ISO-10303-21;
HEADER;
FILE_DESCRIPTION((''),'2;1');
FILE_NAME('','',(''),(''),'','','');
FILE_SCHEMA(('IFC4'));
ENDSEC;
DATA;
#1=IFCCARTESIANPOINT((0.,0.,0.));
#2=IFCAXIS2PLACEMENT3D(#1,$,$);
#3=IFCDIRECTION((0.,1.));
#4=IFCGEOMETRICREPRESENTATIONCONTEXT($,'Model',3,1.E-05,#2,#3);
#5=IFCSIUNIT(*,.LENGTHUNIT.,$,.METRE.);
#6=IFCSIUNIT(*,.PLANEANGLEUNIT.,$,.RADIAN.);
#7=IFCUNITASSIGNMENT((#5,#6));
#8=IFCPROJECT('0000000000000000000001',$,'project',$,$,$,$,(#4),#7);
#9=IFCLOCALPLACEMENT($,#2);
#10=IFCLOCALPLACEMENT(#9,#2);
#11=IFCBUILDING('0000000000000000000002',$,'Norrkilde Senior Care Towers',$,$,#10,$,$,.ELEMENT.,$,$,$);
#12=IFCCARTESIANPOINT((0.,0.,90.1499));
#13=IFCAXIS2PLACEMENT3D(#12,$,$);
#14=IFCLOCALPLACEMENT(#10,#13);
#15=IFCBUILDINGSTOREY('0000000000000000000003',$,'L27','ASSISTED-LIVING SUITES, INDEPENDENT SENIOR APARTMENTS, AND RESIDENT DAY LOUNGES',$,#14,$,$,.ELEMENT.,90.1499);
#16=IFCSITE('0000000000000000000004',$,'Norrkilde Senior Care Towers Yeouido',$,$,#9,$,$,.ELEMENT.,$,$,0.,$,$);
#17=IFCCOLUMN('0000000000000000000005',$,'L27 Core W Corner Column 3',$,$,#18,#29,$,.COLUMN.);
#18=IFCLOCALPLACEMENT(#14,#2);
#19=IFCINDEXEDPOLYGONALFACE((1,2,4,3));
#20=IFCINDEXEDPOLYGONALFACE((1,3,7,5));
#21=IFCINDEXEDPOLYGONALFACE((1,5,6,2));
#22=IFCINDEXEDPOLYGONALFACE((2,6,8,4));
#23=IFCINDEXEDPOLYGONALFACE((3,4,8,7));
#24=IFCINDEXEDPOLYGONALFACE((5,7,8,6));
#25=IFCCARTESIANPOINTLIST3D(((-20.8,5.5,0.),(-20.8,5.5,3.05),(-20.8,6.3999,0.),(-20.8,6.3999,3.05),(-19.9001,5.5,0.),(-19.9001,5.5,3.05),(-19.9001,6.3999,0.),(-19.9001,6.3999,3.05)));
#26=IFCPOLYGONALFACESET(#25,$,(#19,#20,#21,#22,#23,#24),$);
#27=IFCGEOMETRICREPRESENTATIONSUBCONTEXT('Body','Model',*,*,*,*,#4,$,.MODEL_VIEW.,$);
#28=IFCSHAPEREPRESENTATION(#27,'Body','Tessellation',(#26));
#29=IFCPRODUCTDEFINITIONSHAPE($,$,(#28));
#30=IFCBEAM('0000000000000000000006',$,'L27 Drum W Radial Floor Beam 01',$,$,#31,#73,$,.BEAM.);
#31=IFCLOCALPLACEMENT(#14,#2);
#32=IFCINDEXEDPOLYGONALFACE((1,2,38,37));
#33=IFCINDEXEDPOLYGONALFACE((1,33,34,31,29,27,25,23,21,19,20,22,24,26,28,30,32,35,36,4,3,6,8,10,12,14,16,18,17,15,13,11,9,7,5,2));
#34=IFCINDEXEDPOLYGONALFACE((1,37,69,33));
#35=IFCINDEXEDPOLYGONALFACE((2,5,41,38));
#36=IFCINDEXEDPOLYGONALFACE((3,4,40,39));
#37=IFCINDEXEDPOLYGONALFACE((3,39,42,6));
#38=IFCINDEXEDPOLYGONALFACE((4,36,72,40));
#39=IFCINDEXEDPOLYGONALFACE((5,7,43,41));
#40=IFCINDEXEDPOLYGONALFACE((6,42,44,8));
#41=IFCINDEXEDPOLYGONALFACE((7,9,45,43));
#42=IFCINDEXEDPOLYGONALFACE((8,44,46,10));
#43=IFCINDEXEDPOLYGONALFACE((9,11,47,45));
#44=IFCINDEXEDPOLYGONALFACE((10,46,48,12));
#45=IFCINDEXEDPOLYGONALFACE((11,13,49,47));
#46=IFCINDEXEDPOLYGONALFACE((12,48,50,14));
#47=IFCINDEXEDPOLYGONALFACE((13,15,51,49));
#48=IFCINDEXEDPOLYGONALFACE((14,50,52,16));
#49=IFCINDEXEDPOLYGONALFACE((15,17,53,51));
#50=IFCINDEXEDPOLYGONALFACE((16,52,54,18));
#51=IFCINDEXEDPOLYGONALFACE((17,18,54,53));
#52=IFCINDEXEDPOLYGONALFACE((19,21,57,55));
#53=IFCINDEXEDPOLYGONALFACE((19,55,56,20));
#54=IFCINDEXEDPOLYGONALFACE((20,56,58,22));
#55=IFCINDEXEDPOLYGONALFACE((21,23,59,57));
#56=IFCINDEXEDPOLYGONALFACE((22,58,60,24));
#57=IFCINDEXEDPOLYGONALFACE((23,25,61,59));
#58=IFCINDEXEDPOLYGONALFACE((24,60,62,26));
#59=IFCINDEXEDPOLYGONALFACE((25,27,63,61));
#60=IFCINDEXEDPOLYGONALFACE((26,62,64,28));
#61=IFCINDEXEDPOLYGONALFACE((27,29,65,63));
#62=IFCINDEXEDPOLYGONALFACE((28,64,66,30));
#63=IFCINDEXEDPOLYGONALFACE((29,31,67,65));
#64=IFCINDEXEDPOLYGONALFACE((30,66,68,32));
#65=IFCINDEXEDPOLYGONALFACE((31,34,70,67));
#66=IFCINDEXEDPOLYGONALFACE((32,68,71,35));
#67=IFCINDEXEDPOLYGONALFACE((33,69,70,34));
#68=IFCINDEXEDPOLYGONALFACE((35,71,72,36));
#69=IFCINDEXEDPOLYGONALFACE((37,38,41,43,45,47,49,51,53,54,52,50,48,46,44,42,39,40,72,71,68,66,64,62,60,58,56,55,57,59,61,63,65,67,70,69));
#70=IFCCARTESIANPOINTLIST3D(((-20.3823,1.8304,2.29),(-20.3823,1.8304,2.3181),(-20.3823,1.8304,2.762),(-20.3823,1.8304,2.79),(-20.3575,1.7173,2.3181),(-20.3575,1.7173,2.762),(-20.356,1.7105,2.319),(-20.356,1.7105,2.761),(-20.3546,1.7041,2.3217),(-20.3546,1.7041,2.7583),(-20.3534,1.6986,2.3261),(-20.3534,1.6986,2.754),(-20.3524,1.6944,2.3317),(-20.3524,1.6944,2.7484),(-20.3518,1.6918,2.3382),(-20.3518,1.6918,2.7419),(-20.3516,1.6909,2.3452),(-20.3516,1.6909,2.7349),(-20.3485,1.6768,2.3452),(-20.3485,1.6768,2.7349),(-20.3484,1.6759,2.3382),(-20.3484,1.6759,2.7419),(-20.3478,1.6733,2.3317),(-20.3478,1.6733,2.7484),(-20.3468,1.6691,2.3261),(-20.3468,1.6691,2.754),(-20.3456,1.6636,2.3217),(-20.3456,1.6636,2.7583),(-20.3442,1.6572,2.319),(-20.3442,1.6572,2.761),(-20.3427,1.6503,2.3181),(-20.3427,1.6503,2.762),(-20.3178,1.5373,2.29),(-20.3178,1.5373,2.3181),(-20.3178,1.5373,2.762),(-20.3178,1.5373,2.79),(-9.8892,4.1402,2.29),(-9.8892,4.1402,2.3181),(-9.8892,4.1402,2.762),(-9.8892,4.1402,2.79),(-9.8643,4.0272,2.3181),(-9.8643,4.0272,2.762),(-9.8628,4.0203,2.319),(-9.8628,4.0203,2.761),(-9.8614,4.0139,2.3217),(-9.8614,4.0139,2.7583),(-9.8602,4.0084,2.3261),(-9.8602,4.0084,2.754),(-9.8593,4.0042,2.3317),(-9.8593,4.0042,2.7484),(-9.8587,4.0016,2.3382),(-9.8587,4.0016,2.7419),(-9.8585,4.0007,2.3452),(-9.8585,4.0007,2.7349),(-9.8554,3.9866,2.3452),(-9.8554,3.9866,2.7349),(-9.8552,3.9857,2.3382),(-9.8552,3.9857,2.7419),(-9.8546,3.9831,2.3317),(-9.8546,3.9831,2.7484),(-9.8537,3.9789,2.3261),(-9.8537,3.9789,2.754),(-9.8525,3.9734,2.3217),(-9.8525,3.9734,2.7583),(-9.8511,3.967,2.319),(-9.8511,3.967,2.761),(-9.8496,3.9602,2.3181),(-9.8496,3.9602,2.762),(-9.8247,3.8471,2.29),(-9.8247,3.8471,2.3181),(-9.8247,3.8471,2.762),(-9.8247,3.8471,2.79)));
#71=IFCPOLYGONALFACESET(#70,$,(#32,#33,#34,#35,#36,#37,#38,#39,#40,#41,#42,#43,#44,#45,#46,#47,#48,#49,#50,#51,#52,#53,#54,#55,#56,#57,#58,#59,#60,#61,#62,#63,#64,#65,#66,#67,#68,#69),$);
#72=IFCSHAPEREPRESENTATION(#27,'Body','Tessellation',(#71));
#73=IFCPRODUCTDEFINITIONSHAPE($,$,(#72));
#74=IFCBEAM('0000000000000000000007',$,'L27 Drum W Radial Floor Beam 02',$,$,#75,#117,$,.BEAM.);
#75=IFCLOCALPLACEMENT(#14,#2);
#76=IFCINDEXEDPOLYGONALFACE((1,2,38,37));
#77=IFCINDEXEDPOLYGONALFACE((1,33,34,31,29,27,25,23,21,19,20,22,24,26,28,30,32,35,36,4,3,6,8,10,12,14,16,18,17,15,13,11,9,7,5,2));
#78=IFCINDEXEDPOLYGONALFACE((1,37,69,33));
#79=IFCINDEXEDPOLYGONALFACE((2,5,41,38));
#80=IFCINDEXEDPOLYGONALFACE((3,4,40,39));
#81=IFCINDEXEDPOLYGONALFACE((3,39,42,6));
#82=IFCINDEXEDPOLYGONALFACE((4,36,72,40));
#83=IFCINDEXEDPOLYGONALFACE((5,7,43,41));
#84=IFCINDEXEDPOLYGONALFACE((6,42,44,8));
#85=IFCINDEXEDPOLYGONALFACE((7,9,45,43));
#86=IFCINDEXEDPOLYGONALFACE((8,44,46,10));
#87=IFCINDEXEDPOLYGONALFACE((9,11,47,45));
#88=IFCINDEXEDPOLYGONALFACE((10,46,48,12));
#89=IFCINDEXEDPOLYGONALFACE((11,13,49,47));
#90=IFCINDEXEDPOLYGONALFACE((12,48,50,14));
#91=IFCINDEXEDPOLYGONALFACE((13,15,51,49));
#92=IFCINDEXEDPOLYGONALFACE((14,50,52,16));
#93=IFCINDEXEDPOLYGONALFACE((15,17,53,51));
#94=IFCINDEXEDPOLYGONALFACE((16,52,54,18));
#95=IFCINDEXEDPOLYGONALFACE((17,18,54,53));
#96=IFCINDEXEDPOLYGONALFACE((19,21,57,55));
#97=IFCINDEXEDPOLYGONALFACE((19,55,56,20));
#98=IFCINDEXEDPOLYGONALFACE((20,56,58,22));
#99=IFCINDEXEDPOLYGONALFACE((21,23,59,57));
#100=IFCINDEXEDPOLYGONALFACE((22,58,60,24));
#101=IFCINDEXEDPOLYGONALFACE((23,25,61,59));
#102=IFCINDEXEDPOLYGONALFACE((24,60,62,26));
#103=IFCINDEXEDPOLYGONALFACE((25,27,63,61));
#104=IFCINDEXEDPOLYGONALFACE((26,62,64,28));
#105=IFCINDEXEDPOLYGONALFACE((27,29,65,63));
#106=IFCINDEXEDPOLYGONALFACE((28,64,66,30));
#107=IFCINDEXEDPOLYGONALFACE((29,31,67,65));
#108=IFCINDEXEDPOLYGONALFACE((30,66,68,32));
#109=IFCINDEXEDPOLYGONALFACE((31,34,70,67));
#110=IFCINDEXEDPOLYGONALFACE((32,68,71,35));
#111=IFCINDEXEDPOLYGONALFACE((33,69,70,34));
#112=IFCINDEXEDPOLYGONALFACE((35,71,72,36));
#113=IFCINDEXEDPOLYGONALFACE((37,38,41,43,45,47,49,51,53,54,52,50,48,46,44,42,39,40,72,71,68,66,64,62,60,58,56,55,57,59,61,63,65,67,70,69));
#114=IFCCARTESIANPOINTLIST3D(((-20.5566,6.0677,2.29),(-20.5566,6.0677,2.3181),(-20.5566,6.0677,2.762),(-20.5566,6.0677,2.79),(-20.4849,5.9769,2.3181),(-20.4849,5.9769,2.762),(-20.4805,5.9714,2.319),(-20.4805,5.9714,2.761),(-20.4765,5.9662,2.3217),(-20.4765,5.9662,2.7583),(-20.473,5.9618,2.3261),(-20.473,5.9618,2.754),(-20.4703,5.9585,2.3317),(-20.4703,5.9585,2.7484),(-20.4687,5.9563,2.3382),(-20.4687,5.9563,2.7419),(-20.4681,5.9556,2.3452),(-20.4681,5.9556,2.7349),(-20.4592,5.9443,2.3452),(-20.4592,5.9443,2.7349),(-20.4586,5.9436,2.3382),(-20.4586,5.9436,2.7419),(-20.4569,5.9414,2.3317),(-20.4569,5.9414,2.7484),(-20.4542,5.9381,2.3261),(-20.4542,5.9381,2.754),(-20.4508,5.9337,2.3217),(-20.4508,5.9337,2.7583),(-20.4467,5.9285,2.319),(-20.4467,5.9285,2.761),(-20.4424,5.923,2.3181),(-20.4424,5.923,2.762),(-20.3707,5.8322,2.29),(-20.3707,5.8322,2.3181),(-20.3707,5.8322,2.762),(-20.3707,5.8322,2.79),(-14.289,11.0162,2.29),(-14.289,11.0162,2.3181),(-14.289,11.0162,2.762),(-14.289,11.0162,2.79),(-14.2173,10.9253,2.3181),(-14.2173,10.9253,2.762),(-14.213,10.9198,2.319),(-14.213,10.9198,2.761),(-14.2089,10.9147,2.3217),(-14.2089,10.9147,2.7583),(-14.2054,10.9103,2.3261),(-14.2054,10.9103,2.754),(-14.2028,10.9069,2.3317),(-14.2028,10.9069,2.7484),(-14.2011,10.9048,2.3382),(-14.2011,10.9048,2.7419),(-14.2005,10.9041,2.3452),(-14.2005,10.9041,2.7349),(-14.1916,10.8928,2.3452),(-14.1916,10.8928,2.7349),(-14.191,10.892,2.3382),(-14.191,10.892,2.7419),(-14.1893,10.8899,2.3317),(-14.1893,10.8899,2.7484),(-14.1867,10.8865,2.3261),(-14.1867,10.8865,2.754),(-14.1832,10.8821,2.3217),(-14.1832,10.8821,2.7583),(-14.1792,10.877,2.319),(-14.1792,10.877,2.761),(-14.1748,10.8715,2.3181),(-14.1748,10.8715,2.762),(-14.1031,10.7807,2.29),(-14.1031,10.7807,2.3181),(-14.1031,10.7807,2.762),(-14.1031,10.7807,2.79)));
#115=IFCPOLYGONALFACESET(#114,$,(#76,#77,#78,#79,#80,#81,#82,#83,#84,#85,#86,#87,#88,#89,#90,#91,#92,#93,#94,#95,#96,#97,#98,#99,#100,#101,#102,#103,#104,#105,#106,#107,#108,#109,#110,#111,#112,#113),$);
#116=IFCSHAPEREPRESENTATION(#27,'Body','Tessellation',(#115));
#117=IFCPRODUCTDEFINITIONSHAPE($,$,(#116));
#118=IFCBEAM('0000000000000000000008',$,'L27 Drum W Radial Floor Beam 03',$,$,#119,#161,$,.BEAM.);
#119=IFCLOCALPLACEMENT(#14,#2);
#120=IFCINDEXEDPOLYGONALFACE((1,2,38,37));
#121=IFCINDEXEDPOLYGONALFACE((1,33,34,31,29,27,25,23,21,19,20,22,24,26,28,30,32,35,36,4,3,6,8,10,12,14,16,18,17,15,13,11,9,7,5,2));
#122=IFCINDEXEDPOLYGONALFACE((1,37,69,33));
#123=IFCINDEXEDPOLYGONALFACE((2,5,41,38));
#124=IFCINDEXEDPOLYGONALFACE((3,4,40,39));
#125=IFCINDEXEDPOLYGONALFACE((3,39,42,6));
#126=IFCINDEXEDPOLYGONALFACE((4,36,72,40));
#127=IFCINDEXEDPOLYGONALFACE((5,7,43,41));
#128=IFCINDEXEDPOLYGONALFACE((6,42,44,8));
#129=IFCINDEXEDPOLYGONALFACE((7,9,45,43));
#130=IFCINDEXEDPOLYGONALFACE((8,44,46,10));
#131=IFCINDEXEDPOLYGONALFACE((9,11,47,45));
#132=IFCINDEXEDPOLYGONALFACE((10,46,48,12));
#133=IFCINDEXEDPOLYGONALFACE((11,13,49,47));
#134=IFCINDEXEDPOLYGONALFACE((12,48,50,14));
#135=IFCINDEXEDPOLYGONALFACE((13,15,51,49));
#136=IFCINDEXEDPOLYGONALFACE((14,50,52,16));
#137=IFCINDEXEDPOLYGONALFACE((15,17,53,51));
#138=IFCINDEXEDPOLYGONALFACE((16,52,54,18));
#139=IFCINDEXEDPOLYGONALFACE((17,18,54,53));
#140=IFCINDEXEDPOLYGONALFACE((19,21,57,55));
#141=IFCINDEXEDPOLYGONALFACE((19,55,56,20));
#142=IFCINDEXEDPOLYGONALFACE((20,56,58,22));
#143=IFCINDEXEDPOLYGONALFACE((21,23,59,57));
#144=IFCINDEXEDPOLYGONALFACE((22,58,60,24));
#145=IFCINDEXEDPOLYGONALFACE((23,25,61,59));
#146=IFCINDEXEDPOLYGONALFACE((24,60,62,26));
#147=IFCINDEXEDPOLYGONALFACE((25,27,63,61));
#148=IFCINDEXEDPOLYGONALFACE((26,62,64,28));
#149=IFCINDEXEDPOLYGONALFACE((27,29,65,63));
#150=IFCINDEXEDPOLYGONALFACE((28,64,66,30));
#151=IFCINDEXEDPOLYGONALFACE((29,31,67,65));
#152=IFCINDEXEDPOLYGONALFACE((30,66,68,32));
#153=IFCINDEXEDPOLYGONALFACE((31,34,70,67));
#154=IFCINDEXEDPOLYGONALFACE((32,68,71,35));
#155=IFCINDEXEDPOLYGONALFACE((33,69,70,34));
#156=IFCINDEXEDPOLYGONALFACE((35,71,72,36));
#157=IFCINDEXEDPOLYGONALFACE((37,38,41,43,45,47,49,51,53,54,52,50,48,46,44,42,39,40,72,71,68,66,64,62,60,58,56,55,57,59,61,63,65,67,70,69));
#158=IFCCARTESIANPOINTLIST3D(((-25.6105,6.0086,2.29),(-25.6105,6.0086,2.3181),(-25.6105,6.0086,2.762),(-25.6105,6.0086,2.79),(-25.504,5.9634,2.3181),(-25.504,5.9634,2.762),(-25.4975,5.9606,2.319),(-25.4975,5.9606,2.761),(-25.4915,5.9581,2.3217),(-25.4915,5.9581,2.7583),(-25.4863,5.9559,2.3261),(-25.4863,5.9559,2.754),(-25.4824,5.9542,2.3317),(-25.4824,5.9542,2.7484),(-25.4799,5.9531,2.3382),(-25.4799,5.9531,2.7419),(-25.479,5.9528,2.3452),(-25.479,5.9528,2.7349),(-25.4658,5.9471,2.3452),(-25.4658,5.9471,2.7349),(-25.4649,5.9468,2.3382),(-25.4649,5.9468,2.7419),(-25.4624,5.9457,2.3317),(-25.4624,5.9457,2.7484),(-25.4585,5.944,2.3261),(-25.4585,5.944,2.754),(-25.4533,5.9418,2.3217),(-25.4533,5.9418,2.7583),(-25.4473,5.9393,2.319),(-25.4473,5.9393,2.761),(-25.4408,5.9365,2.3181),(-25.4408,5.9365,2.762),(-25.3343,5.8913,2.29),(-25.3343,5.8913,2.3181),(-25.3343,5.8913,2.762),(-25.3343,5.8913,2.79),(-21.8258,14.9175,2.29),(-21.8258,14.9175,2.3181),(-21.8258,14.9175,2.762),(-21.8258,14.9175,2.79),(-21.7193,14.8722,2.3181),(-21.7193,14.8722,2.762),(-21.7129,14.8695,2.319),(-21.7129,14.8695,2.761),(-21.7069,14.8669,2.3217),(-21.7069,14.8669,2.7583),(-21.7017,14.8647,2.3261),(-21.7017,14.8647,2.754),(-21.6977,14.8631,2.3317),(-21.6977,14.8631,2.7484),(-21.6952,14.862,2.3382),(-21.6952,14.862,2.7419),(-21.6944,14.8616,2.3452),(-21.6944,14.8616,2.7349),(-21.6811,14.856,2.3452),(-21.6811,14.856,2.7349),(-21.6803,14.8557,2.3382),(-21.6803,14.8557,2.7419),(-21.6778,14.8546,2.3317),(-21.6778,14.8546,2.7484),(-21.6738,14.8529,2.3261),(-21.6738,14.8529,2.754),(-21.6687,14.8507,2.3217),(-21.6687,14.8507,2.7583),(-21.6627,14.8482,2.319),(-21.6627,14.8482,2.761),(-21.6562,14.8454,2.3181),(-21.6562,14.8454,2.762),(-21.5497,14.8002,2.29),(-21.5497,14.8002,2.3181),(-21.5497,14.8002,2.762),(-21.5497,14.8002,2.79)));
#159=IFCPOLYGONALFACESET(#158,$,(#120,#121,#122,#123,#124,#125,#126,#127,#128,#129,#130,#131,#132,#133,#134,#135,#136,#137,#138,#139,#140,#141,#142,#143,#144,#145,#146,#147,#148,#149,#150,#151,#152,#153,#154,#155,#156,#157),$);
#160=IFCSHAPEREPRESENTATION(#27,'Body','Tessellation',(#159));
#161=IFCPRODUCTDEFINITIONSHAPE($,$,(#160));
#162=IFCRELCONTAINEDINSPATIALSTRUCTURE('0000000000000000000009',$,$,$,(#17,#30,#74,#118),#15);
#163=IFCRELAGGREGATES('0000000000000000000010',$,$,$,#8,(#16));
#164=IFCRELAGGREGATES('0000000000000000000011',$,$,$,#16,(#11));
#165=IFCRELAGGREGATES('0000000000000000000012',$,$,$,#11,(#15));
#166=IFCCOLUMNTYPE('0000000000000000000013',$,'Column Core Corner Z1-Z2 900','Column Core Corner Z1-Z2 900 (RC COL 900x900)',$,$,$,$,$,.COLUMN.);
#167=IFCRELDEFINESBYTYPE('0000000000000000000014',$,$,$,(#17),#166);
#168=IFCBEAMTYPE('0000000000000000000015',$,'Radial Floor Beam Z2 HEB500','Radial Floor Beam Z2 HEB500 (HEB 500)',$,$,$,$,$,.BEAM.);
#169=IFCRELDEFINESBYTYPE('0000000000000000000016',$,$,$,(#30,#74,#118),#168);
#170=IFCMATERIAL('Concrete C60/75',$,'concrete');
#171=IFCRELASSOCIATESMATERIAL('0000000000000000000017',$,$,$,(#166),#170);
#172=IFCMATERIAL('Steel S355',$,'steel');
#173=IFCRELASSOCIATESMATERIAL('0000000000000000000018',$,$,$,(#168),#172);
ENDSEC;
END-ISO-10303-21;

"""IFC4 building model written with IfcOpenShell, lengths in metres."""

from ifc_helpers import new_model, si_unit, direction, frame, origin, origin_2d, place, context, subcontext, project, spatial, rectangle, i_section, extrude, source, transform, mapped, material, material_profile, profile_set, type_object, type_shapes, element, save


model = new_model("IFC4")

# Units and contexts
model_context = context("Model", 3, precision=1e-05, world=origin(), true_north=direction((0.0, 1.0)))
body_context = subcontext(model_context, "Body", "Model", "MODEL_VIEW")
ifc_project = project(units=[si_unit("LENGTHUNIT", "METRE"), si_unit("PLANEANGLEUNIT", "RADIAN")], contexts=[model_context])

# Site, building, storey
site_placement = place(None, origin())
site = spatial("IfcSite", under=ifc_project, at=site_placement, Name="Norrkilde Senior Care Towers Yeouido", CompositionType="ELEMENT", RefElevation=0.0)
building_placement = place(site_placement, origin())
building = spatial("IfcBuilding", under=site, at=building_placement, Name="Norrkilde Senior Care Towers", CompositionType="ELEMENT")
storey_placement = place(building_placement, frame((0.0, 0.0, 90.1499)))
storey = spatial("IfcBuildingStorey", under=building, at=storey_placement, Name="L27", Description="ASSISTED-LIVING SUITES, INDEPENDENT SENIOR APARTMENTS, AND RESIDENT DAY LOUNGES", CompositionType="ELEMENT", Elevation=90.1499)

# Column
ifc_material_1 = material(Name="Concrete C60/75", Category="concrete")
ifc_material_profile_1 = material_profile(ifc_material_1, rectangle(XDim=0.8999, YDim=0.8999, at=origin_2d()), Name="RC COL 900x900")
ifc_profile_set_1 = profile_set([ifc_material_profile_1], Name="Concrete C60/75")
column_type = type_object("IfcColumnType", Name="Column Core Corner Z1-Z2 900", Description="Column Core Corner Z1-Z2 900 (RC COL 900x900)", PredefinedType="COLUMN", material=ifc_profile_set_1)
shared_shape_1 = source(origin(), body_context, "Body", "SweptSolid", [
    extrude(rectangle(XDim=0.8999, YDim=0.8999, at=origin_2d()), origin(), (0.0, 0.0, 1.0), 3.05),
])
type_shapes(column_type, [shared_shape_1])
column_placement = place(storey_placement, frame((-20.3501, 5.95, 0.0), z_axis=(0.0, 0.0, 1.0), x_axis=(1.0, 0.0, 0.0)))
element("IfcColumn", 1, at=column_placement, inside=storey, type_object=column_type, Name="L27 Core W Corner Column 3", PredefinedType="COLUMN", context=body_context, shape_type="MappedRepresentation", body=[
    mapped(shared_shape_1, transform((0.0, 0.0, 0.0), x_axis=(1.0, 0.0, 0.0), y_axis=(0.0, 1.0, 0.0), z_axis=(0.0, 0.0, 1.0), scale=1.0)),
])

# Beams
ifc_material_2 = material(Name="Steel S355", Category="steel")
ifc_material_profile_2 = material_profile(ifc_material_2, i_section(OverallWidth=0.3, OverallDepth=0.5, WebThickness=0.0144, FlangeThickness=0.0281, FilletRadius=0.0271, at=origin_2d()), Name="HEB 500")
ifc_profile_set_2 = profile_set([ifc_material_profile_2], Name="Steel S355")
beam_type = type_object("IfcBeamType", Name="Radial Floor Beam Z2 HEB500", Description="Radial Floor Beam Z2 HEB500 (HEB 500)", PredefinedType="BEAM", material=ifc_profile_set_2)
shared_shape_2 = source(origin(), body_context, "Body", "SweptSolid", [
    extrude(i_section(OverallWidth=0.3, OverallDepth=0.5, WebThickness=0.0144, FlangeThickness=0.0281, FilletRadius=0.0271, at=origin_2d()), origin(), (0.0, 0.0, 1.0), 10.7444),
])
beam_1_placement = place(storey_placement, frame((-20.3501, 1.6838, 2.54), z_axis=(0.976619, 0.214979, 0.0), x_axis=(-0.214979, 0.976619, 0.0)))
element("IfcBeam", 2, at=beam_1_placement, inside=storey, type_object=beam_type, Name="L27 Drum W Radial Floor Beam 01", PredefinedType="BEAM", context=body_context, shape_type="MappedRepresentation", body=[
    mapped(shared_shape_2, transform((0.0, 0.0, 0.0), x_axis=(1.0, 0.0, 0.0), y_axis=(0.0, 1.0, 0.0), z_axis=(0.0, 0.0, 1.0), scale=1.0)),
])
shared_shape_3 = source(origin(), body_context, "Body", "SweptSolid", [
    extrude(i_section(OverallWidth=0.3, OverallDepth=0.5, WebThickness=0.0144, FlangeThickness=0.0281, FilletRadius=0.0271, at=origin_2d()), origin(), (0.0, 0.0, 1.0), 7.9856),
])
beam_2_placement = place(storey_placement, frame((-20.4636, 5.95, 2.54), z_axis=(0.784859, 0.619675, 0.0), x_axis=(-0.619675, 0.784859, 0.0)))
element("IfcBeam", 3, at=beam_2_placement, inside=storey, type_object=beam_type, Name="L27 Drum W Radial Floor Beam 02", PredefinedType="BEAM", context=body_context, shape_type="MappedRepresentation", body=[
    mapped(shared_shape_3, transform((0.0, 0.0, 0.0), x_axis=(1.0, 0.0, 0.0), y_axis=(0.0, 1.0, 0.0), z_axis=(0.0, 0.0, 1.0), scale=1.0)),
])
shared_shape_4 = source(origin(), body_context, "Body", "SweptSolid", [
    extrude(i_section(OverallWidth=0.3, OverallDepth=0.5, WebThickness=0.0144, FlangeThickness=0.0281, FilletRadius=0.0271, at=origin_2d()), origin(), (0.0, 0.0, 1.0), 9.6794),
])
type_shapes(beam_type, [shared_shape_2, shared_shape_3, shared_shape_4])
beam_3_placement = place(storey_placement, frame((-25.4724, 5.95, 2.54), z_axis=(0.390998, 0.920392, 0.0), x_axis=(-0.920392, 0.390998, 0.0)))
element("IfcBeam", 4, at=beam_3_placement, inside=storey, type_object=beam_type, Name="L27 Drum W Radial Floor Beam 03", PredefinedType="BEAM", context=body_context, shape_type="MappedRepresentation", body=[
    mapped(shared_shape_4, transform((0.0, 0.0, 0.0), x_axis=(1.0, 0.0, 0.0), y_axis=(0.0, 1.0, 0.0), z_axis=(0.0, 0.0, 1.0), scale=1.0)),
])

save(model, "model.ifc")
